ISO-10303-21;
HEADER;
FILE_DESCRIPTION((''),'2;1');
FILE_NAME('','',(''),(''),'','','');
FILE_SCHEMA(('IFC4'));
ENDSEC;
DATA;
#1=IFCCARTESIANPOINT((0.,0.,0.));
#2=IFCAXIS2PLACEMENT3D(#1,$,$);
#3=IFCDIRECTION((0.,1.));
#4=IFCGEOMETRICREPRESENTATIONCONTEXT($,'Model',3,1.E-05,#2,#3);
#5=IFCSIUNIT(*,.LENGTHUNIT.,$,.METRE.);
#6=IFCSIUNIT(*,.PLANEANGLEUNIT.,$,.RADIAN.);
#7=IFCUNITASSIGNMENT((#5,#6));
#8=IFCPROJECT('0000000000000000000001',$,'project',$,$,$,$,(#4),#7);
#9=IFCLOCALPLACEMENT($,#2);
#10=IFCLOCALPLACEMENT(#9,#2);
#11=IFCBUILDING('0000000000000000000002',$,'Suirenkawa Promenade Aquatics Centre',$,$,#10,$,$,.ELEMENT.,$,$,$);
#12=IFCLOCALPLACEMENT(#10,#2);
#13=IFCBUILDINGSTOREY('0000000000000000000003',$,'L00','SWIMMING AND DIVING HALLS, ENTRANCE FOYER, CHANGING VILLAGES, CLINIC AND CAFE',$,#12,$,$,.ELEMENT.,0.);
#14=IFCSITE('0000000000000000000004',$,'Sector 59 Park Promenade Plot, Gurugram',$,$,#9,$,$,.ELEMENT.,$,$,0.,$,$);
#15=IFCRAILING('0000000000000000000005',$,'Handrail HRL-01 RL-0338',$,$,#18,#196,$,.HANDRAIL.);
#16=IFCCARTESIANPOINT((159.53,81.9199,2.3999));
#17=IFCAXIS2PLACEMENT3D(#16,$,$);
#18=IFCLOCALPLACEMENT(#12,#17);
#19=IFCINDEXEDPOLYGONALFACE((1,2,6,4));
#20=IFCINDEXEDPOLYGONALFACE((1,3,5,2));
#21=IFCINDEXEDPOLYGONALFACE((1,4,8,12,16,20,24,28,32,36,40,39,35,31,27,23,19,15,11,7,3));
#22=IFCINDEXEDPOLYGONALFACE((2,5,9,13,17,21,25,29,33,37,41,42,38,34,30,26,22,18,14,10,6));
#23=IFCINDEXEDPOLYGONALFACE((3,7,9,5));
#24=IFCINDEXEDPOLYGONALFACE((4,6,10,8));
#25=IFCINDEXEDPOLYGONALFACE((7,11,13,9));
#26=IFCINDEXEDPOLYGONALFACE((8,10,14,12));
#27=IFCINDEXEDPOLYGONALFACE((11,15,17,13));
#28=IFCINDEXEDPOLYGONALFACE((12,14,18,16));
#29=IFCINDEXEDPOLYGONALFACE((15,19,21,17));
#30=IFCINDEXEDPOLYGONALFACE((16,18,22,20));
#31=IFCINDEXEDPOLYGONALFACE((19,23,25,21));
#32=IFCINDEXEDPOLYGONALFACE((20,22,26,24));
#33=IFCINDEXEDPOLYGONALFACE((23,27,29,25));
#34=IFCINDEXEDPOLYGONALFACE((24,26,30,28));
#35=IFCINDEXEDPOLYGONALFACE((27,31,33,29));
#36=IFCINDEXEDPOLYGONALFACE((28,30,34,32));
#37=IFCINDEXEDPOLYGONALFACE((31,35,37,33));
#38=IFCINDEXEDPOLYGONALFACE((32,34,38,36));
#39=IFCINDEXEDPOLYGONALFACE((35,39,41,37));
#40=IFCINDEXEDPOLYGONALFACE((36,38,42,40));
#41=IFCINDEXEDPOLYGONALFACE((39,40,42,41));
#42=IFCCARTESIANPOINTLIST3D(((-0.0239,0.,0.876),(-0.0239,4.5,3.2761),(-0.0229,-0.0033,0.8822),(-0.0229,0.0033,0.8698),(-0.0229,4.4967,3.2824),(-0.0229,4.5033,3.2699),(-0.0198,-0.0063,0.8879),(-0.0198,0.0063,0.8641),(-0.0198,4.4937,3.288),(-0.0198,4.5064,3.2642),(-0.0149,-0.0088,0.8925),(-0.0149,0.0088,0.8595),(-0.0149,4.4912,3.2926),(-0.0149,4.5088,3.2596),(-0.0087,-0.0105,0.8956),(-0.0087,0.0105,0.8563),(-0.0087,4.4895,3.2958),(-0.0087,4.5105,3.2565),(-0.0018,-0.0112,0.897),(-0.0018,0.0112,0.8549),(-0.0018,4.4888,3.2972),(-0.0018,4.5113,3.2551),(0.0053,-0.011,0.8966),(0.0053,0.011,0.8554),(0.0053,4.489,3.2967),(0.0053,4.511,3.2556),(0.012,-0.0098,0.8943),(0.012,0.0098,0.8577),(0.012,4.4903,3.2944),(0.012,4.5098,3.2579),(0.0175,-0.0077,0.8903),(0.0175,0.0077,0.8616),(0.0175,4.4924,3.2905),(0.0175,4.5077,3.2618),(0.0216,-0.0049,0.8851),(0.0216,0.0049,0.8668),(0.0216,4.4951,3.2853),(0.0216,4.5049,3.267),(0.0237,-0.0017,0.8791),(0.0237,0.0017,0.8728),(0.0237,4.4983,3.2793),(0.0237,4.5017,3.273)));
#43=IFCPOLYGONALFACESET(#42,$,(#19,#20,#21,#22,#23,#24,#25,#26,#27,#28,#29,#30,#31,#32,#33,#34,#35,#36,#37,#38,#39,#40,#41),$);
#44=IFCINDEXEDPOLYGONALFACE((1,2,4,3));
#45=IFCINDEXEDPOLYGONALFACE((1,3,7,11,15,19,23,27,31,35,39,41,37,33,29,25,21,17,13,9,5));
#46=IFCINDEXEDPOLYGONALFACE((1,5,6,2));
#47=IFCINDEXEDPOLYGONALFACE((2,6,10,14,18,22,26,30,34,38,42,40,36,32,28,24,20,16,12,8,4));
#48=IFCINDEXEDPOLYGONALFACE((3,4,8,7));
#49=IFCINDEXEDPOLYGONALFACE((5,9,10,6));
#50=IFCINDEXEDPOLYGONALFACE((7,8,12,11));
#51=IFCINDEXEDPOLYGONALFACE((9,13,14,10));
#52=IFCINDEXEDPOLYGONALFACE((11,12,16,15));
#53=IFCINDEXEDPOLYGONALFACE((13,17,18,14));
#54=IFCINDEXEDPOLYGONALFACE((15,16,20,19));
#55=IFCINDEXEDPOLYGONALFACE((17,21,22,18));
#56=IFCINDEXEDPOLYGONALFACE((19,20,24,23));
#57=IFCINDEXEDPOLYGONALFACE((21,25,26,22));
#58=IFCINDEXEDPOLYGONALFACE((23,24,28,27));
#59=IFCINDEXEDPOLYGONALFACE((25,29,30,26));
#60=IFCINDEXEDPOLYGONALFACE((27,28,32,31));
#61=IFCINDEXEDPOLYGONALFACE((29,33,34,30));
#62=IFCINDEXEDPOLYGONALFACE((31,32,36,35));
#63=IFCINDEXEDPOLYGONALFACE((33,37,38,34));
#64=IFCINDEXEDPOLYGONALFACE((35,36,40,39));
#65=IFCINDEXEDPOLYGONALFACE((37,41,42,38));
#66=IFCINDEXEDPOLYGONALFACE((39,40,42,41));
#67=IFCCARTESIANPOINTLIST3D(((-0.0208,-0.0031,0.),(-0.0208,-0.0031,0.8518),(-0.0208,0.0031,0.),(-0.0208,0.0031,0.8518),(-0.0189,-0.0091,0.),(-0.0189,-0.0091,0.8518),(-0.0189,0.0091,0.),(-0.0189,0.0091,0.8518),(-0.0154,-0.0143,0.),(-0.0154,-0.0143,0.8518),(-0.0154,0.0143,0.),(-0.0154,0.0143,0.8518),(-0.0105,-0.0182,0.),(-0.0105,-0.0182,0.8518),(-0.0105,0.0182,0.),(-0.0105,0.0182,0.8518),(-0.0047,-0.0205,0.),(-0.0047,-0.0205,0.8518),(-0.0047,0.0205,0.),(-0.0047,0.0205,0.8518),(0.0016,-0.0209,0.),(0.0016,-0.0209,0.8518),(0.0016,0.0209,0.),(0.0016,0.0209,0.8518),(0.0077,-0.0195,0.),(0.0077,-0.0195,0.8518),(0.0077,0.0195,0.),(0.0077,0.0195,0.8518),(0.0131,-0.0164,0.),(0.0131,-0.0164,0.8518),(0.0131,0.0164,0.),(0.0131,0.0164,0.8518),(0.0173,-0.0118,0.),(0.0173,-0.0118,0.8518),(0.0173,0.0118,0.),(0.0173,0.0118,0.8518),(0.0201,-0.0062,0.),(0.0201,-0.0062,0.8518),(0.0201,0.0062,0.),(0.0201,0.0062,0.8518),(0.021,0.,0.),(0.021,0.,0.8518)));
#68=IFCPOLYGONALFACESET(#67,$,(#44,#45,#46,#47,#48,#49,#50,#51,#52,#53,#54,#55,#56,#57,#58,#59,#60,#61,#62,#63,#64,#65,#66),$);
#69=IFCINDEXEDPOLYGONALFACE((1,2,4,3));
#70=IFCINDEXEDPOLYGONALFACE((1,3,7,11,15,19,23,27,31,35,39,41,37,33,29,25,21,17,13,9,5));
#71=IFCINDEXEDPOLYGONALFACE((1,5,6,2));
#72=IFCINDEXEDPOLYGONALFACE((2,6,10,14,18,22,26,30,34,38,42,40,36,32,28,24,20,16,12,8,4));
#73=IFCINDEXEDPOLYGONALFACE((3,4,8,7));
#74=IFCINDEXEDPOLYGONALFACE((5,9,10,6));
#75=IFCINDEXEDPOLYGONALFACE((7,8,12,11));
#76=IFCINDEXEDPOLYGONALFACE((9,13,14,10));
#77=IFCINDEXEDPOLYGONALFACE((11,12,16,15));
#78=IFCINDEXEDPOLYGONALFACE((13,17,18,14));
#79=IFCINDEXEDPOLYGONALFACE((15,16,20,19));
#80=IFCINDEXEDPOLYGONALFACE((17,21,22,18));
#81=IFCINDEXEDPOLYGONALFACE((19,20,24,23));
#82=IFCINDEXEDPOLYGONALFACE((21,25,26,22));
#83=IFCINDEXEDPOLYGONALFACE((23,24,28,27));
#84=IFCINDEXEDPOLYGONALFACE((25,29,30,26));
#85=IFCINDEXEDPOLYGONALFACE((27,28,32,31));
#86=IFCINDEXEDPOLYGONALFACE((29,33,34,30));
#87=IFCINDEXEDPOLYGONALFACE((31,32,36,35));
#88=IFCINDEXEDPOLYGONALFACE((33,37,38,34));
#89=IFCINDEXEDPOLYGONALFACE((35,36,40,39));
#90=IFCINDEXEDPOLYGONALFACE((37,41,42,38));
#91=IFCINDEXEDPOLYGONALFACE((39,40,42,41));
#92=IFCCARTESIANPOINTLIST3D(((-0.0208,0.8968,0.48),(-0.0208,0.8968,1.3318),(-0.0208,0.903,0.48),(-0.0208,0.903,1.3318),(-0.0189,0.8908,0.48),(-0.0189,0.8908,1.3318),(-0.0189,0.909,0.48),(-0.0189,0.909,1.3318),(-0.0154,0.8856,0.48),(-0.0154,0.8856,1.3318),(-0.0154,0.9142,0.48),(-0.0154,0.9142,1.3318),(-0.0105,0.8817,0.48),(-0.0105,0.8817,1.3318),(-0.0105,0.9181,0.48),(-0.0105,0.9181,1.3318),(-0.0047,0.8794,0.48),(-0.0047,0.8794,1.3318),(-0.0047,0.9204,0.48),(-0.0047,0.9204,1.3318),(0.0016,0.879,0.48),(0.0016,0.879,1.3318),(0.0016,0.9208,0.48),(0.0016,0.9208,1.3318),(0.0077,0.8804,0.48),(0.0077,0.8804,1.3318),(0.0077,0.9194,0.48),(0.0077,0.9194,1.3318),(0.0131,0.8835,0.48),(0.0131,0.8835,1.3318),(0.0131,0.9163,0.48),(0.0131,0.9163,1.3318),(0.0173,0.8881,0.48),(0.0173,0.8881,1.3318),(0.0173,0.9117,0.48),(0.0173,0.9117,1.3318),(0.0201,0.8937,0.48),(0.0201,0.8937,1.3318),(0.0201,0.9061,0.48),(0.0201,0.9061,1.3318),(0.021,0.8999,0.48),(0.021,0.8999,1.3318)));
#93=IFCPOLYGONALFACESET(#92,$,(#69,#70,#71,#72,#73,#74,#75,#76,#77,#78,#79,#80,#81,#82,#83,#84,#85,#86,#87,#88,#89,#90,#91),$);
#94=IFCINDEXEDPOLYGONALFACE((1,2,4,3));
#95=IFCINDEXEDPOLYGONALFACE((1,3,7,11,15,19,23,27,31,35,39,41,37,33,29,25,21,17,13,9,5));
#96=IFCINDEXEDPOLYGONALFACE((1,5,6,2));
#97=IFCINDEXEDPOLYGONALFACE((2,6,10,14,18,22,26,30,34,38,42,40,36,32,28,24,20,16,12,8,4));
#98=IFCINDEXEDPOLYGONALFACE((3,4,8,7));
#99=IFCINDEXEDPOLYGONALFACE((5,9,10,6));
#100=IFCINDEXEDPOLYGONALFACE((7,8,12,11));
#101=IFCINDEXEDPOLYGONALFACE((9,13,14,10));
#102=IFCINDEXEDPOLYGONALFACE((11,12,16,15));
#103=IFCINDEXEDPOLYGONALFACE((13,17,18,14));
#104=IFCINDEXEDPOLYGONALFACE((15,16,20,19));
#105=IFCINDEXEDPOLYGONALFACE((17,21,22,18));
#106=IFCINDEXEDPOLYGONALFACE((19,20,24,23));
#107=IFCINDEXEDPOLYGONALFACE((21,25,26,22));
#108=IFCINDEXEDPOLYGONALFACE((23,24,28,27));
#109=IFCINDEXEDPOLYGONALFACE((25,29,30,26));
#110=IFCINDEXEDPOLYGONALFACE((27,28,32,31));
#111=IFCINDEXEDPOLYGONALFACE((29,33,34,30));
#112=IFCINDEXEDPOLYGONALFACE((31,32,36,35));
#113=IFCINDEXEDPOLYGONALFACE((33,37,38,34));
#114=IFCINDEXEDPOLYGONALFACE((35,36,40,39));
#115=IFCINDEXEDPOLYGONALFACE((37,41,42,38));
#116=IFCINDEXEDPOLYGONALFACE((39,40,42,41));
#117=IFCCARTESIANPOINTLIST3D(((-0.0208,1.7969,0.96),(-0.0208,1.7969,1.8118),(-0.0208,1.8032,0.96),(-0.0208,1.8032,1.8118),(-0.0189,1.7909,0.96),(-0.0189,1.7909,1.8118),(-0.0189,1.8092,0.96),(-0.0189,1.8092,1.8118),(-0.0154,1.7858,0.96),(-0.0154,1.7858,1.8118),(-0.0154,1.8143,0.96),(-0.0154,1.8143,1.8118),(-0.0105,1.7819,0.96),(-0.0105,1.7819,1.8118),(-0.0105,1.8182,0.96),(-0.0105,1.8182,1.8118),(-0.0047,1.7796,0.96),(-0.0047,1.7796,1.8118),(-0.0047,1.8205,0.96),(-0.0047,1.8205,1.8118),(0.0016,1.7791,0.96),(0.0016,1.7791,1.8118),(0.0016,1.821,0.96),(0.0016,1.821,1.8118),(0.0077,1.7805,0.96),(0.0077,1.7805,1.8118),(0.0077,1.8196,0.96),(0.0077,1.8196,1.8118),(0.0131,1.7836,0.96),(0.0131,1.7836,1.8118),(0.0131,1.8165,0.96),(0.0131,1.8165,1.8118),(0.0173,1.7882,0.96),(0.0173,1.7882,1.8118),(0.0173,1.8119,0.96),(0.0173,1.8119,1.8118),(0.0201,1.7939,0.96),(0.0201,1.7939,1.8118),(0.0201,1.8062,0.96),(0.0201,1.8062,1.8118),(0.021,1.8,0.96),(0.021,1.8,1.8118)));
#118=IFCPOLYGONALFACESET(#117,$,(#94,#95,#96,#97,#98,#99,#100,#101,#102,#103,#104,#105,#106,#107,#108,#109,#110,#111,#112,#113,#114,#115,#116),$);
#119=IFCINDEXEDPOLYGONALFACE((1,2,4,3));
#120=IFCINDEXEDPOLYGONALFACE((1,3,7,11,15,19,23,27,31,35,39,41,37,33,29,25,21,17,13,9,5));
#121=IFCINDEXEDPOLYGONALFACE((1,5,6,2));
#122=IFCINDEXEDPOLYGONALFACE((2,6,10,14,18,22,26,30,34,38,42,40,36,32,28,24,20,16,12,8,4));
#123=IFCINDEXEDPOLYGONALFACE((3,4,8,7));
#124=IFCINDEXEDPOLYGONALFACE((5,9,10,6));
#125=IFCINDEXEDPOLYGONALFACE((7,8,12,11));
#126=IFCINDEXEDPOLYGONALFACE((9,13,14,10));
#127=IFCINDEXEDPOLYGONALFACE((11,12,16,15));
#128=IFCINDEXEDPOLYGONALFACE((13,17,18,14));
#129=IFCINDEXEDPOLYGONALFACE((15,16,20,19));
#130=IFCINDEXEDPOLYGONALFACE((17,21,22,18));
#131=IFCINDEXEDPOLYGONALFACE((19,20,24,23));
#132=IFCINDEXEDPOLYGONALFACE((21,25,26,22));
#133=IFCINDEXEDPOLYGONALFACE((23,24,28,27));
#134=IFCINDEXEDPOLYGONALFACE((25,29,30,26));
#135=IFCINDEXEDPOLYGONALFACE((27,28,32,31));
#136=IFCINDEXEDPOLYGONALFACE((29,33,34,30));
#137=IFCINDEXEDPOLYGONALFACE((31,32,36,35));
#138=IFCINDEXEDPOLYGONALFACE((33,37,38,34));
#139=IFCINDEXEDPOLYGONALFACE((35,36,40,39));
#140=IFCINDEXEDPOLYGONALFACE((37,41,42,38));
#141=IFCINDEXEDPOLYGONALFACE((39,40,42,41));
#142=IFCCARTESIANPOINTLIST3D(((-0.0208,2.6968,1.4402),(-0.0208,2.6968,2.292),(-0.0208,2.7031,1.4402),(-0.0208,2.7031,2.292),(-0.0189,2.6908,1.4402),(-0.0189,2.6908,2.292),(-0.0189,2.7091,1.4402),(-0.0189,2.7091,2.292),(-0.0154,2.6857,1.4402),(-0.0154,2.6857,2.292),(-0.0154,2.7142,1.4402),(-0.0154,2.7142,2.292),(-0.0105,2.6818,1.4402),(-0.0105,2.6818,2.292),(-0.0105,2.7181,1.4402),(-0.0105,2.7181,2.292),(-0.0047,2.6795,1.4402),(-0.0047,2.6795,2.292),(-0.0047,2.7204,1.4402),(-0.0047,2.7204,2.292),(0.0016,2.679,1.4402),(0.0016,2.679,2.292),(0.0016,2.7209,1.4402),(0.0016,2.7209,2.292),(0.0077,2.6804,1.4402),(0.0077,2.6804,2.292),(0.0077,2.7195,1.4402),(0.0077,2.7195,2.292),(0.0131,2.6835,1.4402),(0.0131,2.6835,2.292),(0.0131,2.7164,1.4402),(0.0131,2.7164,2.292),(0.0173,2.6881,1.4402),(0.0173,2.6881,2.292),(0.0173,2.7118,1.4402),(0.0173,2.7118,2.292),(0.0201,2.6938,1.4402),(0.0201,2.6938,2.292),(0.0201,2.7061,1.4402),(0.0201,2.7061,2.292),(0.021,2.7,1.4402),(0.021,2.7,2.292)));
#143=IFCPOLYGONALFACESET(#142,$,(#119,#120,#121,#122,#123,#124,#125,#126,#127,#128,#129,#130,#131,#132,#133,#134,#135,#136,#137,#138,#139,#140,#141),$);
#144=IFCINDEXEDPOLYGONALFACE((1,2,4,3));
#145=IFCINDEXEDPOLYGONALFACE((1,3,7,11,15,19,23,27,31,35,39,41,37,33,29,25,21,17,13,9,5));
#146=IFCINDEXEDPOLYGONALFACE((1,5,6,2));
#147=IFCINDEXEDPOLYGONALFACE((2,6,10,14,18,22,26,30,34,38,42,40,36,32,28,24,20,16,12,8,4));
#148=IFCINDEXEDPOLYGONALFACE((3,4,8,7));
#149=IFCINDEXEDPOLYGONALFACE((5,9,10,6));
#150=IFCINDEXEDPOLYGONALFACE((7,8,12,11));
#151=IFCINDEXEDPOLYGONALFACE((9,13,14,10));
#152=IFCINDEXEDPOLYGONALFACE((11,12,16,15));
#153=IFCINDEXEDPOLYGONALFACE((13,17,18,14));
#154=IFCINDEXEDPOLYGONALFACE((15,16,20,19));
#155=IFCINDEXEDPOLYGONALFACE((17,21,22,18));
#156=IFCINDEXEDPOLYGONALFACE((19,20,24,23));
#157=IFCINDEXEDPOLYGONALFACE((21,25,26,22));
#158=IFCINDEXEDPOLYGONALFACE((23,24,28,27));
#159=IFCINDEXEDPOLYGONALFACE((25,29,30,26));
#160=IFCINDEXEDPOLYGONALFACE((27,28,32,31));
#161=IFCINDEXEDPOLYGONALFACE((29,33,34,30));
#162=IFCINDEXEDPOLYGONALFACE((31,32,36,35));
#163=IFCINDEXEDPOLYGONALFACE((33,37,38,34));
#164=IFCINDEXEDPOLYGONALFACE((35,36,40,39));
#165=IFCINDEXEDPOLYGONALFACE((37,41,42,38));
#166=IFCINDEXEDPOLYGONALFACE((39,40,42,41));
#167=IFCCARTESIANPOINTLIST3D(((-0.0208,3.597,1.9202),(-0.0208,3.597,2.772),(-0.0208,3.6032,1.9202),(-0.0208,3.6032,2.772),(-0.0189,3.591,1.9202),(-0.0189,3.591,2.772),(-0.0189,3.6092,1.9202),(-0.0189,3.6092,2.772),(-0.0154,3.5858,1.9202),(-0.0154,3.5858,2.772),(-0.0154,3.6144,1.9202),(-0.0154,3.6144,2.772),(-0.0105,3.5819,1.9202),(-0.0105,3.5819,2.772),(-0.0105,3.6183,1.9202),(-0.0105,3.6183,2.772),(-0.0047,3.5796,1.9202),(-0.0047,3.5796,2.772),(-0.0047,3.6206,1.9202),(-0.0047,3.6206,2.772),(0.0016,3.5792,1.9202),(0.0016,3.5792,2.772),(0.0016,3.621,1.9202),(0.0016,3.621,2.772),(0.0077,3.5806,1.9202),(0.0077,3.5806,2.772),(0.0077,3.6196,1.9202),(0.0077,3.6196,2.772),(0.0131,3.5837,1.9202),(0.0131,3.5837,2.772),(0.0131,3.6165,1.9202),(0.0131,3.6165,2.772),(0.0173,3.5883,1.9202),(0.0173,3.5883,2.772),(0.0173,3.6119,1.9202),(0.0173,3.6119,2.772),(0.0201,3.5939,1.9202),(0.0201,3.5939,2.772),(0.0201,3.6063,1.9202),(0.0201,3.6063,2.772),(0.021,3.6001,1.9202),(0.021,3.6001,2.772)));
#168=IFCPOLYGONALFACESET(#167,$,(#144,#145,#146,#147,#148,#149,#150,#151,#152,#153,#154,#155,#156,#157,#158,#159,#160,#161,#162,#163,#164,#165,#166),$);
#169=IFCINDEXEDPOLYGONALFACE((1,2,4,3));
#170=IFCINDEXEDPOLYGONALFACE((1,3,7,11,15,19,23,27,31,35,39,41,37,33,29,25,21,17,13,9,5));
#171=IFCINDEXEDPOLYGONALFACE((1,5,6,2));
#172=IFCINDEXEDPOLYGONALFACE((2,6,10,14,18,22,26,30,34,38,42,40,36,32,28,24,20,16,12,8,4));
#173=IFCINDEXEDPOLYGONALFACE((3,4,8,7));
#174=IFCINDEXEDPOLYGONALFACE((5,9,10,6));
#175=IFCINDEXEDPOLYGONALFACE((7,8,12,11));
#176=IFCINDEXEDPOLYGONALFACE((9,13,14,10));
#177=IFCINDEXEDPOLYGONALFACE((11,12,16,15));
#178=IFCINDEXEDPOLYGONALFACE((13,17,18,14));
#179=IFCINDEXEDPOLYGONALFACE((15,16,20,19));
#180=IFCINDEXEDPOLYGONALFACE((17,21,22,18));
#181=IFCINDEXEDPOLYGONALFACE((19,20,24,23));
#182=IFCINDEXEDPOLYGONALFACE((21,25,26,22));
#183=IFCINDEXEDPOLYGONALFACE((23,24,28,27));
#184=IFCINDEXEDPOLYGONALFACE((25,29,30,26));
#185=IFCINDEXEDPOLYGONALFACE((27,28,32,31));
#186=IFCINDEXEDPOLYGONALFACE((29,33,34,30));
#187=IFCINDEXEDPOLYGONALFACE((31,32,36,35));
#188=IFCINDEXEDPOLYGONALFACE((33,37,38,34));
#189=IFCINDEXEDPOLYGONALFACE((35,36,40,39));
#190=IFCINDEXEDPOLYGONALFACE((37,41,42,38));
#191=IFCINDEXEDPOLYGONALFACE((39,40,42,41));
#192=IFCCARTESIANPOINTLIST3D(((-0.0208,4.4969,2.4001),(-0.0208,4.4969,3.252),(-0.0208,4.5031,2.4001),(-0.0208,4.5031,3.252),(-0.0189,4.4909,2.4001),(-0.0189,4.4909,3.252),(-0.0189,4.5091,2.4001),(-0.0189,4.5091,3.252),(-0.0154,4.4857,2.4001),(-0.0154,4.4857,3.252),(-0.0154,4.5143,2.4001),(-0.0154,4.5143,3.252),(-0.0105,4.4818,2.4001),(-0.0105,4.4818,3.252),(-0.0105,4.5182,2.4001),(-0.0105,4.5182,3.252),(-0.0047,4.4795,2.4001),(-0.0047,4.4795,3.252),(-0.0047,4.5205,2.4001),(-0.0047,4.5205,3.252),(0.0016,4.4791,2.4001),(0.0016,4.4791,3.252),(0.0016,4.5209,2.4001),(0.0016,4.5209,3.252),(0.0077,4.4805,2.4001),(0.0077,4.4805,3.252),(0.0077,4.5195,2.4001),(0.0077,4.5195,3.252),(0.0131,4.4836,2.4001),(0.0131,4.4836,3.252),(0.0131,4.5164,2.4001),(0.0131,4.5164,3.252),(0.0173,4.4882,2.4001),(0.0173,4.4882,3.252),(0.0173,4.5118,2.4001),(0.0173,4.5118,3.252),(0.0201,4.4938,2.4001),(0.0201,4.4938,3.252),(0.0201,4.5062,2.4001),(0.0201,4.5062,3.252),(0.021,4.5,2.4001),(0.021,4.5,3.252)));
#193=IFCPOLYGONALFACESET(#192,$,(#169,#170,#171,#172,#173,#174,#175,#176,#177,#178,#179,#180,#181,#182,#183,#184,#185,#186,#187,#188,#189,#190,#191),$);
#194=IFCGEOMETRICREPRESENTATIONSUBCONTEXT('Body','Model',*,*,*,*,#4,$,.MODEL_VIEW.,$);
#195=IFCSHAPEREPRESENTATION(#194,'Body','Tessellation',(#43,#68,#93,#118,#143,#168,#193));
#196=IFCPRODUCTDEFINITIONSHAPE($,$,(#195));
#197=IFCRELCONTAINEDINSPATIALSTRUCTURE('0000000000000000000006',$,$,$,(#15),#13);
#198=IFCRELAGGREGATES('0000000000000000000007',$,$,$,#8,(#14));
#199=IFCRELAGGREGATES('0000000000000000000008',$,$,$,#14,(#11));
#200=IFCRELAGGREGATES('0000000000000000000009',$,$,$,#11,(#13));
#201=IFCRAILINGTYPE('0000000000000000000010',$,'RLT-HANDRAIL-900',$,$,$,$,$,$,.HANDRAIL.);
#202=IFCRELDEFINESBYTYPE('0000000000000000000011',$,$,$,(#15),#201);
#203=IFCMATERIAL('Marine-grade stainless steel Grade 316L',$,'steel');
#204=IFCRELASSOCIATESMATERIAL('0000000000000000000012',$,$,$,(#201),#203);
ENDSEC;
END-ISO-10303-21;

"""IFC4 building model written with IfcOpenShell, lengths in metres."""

from ifc_helpers import new_model, si_unit, direction, frame, origin, origin_2d, place, context, subcontext, project, spatial, circle, extrude, material, type_object, element, save


model = new_model("IFC4")

# Units and contexts
model_context = context("Model", 3, precision=1e-05, world=origin(), true_north=direction((0.0, 1.0)))
body_context = subcontext(model_context, "Body", "Model", "MODEL_VIEW")
ifc_project = project(units=[si_unit("LENGTHUNIT", "METRE"), si_unit("PLANEANGLEUNIT", "RADIAN")], contexts=[model_context])

# Site, building, storey
site_placement = place(None, origin())
site = spatial("IfcSite", under=ifc_project, at=site_placement, Name="Sector 59 Park Promenade Plot, Gurugram", CompositionType="ELEMENT", RefElevation=0.0)
building_placement = place(site_placement, origin())
building = spatial("IfcBuilding", under=site, at=building_placement, Name="Suirenkawa Promenade Aquatics Centre", CompositionType="ELEMENT")
storey_placement = place(building_placement, origin())
storey = spatial("IfcBuildingStorey", under=building, at=storey_placement, Name="L00", Description="SWIMMING AND DIVING HALLS, ENTRANCE FOYER, CHANGING VILLAGES, CLINIC AND CAFE", CompositionType="ELEMENT", Elevation=0.0)

# Railing
ifc_material_1 = material(Name="Marine-grade stainless steel Grade 316L", Category="steel")
railing_type_1 = type_object("IfcRailingType", Name="RLT-HANDRAIL-900", PredefinedType="HANDRAIL", material=ifc_material_1)
for number, where, name in (
    (1, (159.53, 81.9199, 2.3999), "Handrail HRL-01 RL-0338"),
):
    element("IfcRailing", number, at=place(storey_placement, frame(where)), inside=storey, type_object=railing_type_1, Name=name, PredefinedType="HANDRAIL", context=body_context, shape_type="SweptSolid", body=[
        extrude(circle(Radius=0.0239, at=origin_2d()), frame((0.0, 0.0, 0.876), z_axis=(0.0, 0.882341, 0.470611), x_axis=(-1.0, 0.0, 0.0)), (0.0, 0.0, 1.0), 5.1001),
        extrude(circle(Radius=0.021, at=origin_2d()), origin(), (0.0, 0.0, 1.0), 0.8518),
        extrude(circle(Radius=0.021, at=origin_2d()), frame((0.0, 0.8999, 0.48)), (0.0, 0.0, 1.0), 0.8518),
        extrude(circle(Radius=0.021, at=origin_2d()), frame((0.0, 1.8, 0.96)), (0.0, 0.0, 1.0), 0.8518),
        extrude(circle(Radius=0.021, at=origin_2d()), frame((0.0, 2.7, 1.4402)), (0.0, 0.0, 1.0), 0.8518),
        extrude(circle(Radius=0.021, at=origin_2d()), frame((0.0, 3.6001, 1.9202)), (0.0, 0.0, 1.0), 0.8518),
        extrude(circle(Radius=0.021, at=origin_2d()), frame((0.0, 4.5, 2.4001)), (0.0, 0.0, 1.0), 0.8518),
    ])

save(model, "model.ifc")
